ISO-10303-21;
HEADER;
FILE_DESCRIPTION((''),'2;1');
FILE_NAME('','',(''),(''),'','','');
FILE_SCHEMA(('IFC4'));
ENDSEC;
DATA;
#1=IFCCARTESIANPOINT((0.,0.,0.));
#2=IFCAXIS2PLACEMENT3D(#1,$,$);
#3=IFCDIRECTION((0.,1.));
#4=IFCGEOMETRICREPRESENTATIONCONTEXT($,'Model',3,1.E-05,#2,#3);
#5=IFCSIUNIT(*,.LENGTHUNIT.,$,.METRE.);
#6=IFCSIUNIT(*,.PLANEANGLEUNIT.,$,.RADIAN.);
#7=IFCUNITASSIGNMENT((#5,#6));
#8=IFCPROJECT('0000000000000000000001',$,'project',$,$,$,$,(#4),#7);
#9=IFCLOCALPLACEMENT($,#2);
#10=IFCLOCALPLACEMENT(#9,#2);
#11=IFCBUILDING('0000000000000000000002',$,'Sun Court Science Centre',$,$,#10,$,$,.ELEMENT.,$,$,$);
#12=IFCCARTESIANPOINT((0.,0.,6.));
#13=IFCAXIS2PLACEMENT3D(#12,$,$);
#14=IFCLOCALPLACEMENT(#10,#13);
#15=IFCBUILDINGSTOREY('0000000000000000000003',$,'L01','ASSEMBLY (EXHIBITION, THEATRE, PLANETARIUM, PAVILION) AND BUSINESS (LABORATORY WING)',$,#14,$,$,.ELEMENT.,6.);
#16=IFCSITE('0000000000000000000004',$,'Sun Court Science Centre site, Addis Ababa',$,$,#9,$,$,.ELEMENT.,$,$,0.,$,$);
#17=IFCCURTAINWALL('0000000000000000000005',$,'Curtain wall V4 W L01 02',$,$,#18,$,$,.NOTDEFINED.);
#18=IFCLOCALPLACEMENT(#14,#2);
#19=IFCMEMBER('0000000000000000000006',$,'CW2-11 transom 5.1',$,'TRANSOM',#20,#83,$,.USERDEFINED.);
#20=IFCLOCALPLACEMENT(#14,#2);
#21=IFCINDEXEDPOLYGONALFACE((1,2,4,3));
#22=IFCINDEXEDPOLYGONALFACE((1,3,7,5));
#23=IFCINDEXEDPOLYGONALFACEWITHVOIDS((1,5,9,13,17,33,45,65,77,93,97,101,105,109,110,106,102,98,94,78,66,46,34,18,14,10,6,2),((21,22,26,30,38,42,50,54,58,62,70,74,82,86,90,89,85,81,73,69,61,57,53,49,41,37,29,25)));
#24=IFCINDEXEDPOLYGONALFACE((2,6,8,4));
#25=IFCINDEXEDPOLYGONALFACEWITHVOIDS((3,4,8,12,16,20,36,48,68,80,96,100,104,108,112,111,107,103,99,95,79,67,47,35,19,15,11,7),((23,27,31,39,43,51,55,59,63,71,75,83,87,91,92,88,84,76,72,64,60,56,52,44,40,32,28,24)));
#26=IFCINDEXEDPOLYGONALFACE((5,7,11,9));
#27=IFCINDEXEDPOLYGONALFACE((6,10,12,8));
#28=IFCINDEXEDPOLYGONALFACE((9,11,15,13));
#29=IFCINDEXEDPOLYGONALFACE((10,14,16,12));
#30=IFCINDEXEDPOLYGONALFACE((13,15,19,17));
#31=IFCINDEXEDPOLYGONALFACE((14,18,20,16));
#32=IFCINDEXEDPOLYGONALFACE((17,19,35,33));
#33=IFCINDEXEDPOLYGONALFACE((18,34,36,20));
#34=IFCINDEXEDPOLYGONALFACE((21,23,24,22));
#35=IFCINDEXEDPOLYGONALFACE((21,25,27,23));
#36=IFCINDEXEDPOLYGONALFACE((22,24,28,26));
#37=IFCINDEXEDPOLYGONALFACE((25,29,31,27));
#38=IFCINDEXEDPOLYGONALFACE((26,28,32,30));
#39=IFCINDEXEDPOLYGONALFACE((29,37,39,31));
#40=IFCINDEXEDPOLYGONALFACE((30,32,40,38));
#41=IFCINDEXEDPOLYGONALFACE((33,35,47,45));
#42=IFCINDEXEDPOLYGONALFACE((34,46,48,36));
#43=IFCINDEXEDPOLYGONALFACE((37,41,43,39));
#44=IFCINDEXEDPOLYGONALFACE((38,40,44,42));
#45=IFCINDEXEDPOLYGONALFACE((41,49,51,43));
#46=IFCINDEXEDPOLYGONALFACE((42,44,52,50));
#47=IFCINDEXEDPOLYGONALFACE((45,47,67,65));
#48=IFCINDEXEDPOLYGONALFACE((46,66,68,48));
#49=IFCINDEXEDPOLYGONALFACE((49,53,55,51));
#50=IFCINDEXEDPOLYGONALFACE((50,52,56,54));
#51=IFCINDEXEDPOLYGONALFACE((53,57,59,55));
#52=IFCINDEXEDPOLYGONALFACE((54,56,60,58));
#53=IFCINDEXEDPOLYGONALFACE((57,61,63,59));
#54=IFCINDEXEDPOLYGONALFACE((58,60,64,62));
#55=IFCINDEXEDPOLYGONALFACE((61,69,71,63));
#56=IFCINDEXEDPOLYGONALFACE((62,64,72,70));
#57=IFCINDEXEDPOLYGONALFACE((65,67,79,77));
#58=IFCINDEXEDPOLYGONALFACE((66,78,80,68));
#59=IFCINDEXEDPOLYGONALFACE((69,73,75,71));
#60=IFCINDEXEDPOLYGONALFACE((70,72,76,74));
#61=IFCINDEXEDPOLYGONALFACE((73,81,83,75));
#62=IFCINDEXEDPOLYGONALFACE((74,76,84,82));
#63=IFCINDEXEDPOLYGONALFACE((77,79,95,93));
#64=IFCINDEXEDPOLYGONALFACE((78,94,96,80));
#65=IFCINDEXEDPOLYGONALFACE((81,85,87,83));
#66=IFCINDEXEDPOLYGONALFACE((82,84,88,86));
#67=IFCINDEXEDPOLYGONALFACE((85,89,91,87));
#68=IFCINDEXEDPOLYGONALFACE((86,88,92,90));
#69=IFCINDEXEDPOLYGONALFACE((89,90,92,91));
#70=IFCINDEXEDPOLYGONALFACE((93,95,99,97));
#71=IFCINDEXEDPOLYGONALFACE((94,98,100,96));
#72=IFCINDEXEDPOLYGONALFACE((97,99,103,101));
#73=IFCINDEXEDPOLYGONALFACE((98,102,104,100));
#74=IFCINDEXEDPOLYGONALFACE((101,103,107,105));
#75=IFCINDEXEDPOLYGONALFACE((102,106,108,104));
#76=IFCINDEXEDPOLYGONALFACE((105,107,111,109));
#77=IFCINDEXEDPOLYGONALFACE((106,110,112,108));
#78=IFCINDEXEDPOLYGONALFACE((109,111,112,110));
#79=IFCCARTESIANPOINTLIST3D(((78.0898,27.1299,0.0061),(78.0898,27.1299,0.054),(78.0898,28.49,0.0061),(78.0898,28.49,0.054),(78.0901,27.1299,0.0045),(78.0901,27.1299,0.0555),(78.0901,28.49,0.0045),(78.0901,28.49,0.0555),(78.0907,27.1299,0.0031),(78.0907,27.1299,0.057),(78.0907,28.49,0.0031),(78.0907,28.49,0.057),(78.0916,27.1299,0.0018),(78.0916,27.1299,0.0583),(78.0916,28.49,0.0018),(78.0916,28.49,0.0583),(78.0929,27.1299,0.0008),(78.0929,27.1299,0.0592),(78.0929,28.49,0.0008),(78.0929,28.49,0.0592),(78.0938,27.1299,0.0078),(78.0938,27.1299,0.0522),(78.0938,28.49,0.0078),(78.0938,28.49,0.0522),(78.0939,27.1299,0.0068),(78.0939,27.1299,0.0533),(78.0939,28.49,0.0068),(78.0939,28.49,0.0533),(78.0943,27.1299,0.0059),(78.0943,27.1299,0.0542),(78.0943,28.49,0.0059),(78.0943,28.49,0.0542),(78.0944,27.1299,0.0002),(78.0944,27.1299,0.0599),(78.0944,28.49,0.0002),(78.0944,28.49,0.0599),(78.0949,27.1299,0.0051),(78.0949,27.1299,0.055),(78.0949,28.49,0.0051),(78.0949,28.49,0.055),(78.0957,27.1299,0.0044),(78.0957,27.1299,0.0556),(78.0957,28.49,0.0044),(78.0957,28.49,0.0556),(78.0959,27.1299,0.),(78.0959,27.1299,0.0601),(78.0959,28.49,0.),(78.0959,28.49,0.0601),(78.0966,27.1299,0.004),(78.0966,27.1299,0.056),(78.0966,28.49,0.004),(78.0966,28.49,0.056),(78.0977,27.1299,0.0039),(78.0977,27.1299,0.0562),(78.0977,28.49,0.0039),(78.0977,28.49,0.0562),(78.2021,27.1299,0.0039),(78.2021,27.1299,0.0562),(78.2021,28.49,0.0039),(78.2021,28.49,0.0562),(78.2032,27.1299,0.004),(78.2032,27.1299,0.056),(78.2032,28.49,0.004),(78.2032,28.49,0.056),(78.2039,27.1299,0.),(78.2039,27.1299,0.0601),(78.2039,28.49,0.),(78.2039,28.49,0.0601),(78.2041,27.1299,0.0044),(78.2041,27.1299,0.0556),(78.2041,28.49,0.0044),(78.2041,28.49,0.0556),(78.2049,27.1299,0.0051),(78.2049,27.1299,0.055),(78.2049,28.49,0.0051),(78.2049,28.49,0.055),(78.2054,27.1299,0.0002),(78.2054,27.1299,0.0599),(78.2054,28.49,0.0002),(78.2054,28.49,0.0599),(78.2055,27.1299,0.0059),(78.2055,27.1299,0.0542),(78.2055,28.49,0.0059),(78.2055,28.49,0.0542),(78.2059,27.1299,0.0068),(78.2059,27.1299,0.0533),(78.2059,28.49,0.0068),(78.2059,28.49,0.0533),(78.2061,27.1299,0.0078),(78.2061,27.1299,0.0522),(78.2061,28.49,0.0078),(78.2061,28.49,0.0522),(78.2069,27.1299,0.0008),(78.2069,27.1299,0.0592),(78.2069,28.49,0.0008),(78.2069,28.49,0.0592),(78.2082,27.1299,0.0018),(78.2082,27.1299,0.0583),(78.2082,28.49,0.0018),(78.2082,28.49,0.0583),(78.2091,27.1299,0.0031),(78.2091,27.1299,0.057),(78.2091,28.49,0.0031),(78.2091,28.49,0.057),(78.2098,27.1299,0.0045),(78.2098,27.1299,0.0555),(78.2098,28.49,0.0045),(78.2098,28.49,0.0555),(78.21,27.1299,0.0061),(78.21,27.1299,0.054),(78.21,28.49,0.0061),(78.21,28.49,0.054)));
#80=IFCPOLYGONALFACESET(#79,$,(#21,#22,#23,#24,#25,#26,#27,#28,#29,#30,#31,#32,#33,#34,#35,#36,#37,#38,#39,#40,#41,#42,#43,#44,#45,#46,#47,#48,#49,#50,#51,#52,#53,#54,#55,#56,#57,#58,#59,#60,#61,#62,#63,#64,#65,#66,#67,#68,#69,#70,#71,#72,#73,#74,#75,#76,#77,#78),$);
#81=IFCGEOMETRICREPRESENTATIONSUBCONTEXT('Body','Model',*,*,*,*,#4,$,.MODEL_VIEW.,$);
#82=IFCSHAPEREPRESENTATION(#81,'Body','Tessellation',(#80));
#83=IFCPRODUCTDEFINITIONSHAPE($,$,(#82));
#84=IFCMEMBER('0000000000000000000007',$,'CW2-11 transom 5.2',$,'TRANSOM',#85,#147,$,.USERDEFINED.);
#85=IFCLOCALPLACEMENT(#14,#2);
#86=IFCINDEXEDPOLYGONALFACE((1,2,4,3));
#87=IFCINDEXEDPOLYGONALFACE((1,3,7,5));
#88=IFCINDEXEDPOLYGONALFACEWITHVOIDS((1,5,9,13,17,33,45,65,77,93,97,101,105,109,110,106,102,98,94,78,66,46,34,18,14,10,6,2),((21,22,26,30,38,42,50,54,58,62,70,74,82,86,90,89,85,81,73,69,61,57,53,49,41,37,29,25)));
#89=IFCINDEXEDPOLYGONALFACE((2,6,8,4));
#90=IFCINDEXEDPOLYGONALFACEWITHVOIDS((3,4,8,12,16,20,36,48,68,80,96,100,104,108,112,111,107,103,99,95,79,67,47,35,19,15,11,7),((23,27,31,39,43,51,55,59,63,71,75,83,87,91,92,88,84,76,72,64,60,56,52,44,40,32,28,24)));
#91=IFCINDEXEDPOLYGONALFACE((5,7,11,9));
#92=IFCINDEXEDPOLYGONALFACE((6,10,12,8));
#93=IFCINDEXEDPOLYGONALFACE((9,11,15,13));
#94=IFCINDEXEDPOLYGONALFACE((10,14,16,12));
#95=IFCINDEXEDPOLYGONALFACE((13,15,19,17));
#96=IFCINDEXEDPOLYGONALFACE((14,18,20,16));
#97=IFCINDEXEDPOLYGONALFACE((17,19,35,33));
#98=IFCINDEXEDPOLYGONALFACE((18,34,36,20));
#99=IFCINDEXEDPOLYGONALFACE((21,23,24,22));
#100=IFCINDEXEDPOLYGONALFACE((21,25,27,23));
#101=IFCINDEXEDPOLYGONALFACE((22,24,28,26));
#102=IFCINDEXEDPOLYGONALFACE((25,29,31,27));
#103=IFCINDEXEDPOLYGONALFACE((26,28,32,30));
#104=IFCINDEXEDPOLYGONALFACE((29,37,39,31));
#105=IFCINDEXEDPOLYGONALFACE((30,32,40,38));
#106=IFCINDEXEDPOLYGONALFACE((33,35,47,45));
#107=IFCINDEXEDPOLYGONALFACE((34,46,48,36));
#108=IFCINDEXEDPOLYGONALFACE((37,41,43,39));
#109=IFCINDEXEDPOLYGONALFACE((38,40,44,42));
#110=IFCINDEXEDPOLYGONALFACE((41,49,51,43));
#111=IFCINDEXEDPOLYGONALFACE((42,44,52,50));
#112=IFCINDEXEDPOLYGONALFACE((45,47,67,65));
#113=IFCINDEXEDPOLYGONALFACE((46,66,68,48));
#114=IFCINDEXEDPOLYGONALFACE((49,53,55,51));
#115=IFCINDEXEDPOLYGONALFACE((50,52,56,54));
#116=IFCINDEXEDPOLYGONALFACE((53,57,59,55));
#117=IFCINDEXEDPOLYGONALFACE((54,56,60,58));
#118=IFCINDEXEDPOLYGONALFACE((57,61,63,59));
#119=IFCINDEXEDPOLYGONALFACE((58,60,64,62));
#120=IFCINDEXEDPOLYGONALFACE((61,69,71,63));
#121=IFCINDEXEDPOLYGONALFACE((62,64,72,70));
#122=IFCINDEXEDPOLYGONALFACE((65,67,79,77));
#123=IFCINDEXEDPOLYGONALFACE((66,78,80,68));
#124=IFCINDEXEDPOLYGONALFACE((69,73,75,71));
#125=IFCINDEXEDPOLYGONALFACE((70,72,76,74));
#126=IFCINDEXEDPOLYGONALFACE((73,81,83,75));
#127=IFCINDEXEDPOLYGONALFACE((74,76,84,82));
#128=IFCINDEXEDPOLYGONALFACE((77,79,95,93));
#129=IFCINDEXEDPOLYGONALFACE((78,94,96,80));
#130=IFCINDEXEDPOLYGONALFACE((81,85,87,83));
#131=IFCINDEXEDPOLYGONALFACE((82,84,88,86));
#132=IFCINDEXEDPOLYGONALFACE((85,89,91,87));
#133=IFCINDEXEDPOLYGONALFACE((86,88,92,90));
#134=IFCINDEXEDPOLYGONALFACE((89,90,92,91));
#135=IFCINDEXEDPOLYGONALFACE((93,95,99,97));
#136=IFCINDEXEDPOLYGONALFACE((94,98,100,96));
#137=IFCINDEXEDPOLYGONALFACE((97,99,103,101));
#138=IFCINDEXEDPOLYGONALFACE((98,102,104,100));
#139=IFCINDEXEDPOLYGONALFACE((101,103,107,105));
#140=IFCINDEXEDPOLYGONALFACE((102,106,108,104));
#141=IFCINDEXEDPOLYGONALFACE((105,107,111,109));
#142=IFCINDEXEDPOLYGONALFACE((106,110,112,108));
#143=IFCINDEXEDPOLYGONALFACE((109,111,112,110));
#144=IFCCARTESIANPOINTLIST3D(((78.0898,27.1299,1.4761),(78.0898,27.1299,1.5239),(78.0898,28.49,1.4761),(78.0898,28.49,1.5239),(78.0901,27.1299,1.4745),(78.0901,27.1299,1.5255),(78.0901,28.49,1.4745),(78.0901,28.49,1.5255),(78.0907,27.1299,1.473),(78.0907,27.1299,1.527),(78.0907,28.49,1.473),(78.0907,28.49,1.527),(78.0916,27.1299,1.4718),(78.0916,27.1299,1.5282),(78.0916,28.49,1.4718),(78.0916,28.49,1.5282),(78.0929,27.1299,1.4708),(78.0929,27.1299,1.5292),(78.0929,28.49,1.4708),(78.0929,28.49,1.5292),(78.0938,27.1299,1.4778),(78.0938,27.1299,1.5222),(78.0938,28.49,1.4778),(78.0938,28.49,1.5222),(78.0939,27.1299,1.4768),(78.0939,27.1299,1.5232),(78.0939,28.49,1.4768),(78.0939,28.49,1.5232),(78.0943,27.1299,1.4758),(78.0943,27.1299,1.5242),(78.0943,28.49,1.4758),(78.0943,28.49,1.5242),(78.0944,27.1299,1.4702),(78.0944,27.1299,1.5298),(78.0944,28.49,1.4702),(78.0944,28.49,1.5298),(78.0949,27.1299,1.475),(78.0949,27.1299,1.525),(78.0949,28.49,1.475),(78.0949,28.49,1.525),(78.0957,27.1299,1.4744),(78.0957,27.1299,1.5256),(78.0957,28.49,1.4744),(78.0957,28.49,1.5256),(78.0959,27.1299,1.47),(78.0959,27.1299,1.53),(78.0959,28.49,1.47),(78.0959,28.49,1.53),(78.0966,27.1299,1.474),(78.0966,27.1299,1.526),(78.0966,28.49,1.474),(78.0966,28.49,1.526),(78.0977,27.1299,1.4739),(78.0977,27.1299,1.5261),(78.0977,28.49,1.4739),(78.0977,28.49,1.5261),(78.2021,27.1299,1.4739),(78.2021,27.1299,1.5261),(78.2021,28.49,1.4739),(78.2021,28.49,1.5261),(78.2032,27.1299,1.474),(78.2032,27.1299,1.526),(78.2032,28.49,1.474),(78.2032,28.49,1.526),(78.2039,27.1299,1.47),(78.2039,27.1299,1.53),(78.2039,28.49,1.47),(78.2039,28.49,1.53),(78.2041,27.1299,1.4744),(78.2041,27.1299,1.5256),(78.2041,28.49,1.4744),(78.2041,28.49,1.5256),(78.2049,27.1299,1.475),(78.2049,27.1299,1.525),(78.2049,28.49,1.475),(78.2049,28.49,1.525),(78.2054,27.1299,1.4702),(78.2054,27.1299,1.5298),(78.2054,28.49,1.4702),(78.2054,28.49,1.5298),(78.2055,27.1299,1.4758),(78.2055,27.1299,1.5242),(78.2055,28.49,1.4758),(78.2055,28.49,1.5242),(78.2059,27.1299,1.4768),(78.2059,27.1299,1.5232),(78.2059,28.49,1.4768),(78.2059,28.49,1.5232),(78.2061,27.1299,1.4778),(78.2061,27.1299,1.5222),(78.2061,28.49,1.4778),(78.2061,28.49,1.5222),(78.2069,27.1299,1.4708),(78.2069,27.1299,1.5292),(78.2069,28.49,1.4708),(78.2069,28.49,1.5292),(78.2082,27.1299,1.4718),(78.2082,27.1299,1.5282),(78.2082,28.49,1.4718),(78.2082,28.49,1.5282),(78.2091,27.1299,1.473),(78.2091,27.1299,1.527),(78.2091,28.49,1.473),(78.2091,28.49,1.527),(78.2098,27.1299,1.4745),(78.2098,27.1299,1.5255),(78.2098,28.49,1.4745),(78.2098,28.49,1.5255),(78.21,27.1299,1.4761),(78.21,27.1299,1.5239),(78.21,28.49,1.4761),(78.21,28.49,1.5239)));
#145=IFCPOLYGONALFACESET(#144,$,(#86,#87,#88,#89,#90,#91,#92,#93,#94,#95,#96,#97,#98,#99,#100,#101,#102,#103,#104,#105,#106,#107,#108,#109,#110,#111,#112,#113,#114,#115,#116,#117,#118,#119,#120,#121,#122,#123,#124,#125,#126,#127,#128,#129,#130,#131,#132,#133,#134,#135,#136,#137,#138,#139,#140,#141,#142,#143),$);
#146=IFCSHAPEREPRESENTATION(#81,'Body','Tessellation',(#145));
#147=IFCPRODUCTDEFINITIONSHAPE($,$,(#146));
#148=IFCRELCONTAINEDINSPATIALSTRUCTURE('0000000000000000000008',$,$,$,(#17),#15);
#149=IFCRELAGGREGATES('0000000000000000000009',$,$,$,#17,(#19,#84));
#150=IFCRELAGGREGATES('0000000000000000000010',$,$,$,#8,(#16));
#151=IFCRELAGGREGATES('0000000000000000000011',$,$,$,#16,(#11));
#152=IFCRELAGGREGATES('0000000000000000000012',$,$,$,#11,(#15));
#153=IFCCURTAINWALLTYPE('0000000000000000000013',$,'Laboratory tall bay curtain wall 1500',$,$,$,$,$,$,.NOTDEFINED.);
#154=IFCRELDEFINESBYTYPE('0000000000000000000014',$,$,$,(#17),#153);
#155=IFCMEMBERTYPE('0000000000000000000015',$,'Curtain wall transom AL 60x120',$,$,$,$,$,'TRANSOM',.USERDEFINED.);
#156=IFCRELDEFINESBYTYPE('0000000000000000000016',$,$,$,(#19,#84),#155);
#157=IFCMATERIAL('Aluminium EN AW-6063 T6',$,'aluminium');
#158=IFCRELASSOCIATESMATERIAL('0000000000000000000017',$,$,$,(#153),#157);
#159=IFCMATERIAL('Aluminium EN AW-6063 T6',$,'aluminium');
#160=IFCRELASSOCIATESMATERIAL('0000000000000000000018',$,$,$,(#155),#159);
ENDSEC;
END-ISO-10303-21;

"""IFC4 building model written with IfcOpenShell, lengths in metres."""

from ifc_helpers import new_model, si_unit, direction, frame, origin, origin_2d, place, context, subcontext, project, spatial, hollow_rectangle, extrude, material, material_profile, profile_set, type_object, element, aggregate, save


model = new_model("IFC4")

# Units and contexts
model_context = context("Model", 3, precision=1e-05, world=origin(), true_north=direction((0.0, 1.0)))
body_context = subcontext(model_context, "Body", "Model", "MODEL_VIEW")
ifc_project = project(units=[si_unit("LENGTHUNIT", "METRE"), si_unit("PLANEANGLEUNIT", "RADIAN")], contexts=[model_context])

# Site, building, storey
site_placement = place(None, origin())
site = spatial("IfcSite", under=ifc_project, at=site_placement, Name="Sun Court Science Centre site, Addis Ababa", CompositionType="ELEMENT", RefElevation=0.0)
building_placement = place(site_placement, origin())
building = spatial("IfcBuilding", under=site, at=building_placement, Name="Sun Court Science Centre", CompositionType="ELEMENT")
storey_placement = place(building_placement, frame((0.0, 0.0, 6.0)))
storey = spatial("IfcBuildingStorey", under=building, at=storey_placement, Name="L01", Description="ASSEMBLY (EXHIBITION, THEATRE, PLANETARIUM, PAVILION) AND BUSINESS (LABORATORY WING)", CompositionType="ELEMENT", Elevation=6.0)

# Curtain wall
ifc_material_1 = material(Name="Aluminium EN AW-6063 T6", Category="aluminium")
curtain_wall_type = type_object("IfcCurtainWallType", Name="Laboratory tall bay curtain wall 1500", PredefinedType="NOTDEFINED", material=ifc_material_1)
curtain_wall_1_placement = place(storey_placement, origin())
curtain_wall_1 = element("IfcCurtainWall", 1, at=curtain_wall_1_placement, inside=storey, type_object=curtain_wall_type, Name="Curtain wall V4 W L01 02", PredefinedType="NOTDEFINED")

# Members
ifc_material_2 = material(Name="Aluminium EN AW-6063 T6", Category="aluminium")
ifc_material_profile_1 = material_profile(ifc_material_2, hollow_rectangle(XDim=0.0601, YDim=0.1201, WallThickness=0.0039, InnerFilletRadius=0.0039, OuterFilletRadius=0.0061, at=origin_2d()), Name="AL 60x120x4")
ifc_profile_set_1 = profile_set([ifc_material_profile_1], Name="Aluminium EN AW-6063 T6")
member_type_1 = type_object("IfcMemberType", Name="Curtain wall transom AL 60x120", ElementType="TRANSOM", PredefinedType="USERDEFINED", material=ifc_profile_set_1)
member_1_placement = place(storey_placement, frame((78.1499, 27.1299, 0.03), z_axis=(0.0, 1.0, 0.0), x_axis=(0.0, 0.0, 1.0)))
member_1 = element("IfcMember", 2, at=member_1_placement, type_object=member_type_1, Name="CW2-11 transom 5.1", ObjectType="TRANSOM", PredefinedType="USERDEFINED", context=body_context, shape_type="SweptSolid", body=[
    extrude(hollow_rectangle(XDim=0.0601, YDim=0.1201, WallThickness=0.0039, InnerFilletRadius=0.0039, OuterFilletRadius=0.0061, at=origin_2d()), origin(), (0.0, 0.0, 1.0), 1.3601),
])
member_2_placement = place(storey_placement, frame((78.1499, 27.1299, 1.5), z_axis=(0.0, 1.0, 0.0), x_axis=(0.0, 0.0, 1.0)))
member_2 = element("IfcMember", 3, at=member_2_placement, type_object=member_type_1, Name="CW2-11 transom 5.2", ObjectType="TRANSOM", PredefinedType="USERDEFINED", context=body_context, shape_type="SweptSolid", body=[
    extrude(hollow_rectangle(XDim=0.0601, YDim=0.1201, WallThickness=0.0039, InnerFilletRadius=0.0039, OuterFilletRadius=0.0061, at=origin_2d()), origin(), (0.0, 0.0, 1.0), 1.3601),
])

aggregate(curtain_wall_1, [member_1, member_2])

save(model, "model.ifc")
